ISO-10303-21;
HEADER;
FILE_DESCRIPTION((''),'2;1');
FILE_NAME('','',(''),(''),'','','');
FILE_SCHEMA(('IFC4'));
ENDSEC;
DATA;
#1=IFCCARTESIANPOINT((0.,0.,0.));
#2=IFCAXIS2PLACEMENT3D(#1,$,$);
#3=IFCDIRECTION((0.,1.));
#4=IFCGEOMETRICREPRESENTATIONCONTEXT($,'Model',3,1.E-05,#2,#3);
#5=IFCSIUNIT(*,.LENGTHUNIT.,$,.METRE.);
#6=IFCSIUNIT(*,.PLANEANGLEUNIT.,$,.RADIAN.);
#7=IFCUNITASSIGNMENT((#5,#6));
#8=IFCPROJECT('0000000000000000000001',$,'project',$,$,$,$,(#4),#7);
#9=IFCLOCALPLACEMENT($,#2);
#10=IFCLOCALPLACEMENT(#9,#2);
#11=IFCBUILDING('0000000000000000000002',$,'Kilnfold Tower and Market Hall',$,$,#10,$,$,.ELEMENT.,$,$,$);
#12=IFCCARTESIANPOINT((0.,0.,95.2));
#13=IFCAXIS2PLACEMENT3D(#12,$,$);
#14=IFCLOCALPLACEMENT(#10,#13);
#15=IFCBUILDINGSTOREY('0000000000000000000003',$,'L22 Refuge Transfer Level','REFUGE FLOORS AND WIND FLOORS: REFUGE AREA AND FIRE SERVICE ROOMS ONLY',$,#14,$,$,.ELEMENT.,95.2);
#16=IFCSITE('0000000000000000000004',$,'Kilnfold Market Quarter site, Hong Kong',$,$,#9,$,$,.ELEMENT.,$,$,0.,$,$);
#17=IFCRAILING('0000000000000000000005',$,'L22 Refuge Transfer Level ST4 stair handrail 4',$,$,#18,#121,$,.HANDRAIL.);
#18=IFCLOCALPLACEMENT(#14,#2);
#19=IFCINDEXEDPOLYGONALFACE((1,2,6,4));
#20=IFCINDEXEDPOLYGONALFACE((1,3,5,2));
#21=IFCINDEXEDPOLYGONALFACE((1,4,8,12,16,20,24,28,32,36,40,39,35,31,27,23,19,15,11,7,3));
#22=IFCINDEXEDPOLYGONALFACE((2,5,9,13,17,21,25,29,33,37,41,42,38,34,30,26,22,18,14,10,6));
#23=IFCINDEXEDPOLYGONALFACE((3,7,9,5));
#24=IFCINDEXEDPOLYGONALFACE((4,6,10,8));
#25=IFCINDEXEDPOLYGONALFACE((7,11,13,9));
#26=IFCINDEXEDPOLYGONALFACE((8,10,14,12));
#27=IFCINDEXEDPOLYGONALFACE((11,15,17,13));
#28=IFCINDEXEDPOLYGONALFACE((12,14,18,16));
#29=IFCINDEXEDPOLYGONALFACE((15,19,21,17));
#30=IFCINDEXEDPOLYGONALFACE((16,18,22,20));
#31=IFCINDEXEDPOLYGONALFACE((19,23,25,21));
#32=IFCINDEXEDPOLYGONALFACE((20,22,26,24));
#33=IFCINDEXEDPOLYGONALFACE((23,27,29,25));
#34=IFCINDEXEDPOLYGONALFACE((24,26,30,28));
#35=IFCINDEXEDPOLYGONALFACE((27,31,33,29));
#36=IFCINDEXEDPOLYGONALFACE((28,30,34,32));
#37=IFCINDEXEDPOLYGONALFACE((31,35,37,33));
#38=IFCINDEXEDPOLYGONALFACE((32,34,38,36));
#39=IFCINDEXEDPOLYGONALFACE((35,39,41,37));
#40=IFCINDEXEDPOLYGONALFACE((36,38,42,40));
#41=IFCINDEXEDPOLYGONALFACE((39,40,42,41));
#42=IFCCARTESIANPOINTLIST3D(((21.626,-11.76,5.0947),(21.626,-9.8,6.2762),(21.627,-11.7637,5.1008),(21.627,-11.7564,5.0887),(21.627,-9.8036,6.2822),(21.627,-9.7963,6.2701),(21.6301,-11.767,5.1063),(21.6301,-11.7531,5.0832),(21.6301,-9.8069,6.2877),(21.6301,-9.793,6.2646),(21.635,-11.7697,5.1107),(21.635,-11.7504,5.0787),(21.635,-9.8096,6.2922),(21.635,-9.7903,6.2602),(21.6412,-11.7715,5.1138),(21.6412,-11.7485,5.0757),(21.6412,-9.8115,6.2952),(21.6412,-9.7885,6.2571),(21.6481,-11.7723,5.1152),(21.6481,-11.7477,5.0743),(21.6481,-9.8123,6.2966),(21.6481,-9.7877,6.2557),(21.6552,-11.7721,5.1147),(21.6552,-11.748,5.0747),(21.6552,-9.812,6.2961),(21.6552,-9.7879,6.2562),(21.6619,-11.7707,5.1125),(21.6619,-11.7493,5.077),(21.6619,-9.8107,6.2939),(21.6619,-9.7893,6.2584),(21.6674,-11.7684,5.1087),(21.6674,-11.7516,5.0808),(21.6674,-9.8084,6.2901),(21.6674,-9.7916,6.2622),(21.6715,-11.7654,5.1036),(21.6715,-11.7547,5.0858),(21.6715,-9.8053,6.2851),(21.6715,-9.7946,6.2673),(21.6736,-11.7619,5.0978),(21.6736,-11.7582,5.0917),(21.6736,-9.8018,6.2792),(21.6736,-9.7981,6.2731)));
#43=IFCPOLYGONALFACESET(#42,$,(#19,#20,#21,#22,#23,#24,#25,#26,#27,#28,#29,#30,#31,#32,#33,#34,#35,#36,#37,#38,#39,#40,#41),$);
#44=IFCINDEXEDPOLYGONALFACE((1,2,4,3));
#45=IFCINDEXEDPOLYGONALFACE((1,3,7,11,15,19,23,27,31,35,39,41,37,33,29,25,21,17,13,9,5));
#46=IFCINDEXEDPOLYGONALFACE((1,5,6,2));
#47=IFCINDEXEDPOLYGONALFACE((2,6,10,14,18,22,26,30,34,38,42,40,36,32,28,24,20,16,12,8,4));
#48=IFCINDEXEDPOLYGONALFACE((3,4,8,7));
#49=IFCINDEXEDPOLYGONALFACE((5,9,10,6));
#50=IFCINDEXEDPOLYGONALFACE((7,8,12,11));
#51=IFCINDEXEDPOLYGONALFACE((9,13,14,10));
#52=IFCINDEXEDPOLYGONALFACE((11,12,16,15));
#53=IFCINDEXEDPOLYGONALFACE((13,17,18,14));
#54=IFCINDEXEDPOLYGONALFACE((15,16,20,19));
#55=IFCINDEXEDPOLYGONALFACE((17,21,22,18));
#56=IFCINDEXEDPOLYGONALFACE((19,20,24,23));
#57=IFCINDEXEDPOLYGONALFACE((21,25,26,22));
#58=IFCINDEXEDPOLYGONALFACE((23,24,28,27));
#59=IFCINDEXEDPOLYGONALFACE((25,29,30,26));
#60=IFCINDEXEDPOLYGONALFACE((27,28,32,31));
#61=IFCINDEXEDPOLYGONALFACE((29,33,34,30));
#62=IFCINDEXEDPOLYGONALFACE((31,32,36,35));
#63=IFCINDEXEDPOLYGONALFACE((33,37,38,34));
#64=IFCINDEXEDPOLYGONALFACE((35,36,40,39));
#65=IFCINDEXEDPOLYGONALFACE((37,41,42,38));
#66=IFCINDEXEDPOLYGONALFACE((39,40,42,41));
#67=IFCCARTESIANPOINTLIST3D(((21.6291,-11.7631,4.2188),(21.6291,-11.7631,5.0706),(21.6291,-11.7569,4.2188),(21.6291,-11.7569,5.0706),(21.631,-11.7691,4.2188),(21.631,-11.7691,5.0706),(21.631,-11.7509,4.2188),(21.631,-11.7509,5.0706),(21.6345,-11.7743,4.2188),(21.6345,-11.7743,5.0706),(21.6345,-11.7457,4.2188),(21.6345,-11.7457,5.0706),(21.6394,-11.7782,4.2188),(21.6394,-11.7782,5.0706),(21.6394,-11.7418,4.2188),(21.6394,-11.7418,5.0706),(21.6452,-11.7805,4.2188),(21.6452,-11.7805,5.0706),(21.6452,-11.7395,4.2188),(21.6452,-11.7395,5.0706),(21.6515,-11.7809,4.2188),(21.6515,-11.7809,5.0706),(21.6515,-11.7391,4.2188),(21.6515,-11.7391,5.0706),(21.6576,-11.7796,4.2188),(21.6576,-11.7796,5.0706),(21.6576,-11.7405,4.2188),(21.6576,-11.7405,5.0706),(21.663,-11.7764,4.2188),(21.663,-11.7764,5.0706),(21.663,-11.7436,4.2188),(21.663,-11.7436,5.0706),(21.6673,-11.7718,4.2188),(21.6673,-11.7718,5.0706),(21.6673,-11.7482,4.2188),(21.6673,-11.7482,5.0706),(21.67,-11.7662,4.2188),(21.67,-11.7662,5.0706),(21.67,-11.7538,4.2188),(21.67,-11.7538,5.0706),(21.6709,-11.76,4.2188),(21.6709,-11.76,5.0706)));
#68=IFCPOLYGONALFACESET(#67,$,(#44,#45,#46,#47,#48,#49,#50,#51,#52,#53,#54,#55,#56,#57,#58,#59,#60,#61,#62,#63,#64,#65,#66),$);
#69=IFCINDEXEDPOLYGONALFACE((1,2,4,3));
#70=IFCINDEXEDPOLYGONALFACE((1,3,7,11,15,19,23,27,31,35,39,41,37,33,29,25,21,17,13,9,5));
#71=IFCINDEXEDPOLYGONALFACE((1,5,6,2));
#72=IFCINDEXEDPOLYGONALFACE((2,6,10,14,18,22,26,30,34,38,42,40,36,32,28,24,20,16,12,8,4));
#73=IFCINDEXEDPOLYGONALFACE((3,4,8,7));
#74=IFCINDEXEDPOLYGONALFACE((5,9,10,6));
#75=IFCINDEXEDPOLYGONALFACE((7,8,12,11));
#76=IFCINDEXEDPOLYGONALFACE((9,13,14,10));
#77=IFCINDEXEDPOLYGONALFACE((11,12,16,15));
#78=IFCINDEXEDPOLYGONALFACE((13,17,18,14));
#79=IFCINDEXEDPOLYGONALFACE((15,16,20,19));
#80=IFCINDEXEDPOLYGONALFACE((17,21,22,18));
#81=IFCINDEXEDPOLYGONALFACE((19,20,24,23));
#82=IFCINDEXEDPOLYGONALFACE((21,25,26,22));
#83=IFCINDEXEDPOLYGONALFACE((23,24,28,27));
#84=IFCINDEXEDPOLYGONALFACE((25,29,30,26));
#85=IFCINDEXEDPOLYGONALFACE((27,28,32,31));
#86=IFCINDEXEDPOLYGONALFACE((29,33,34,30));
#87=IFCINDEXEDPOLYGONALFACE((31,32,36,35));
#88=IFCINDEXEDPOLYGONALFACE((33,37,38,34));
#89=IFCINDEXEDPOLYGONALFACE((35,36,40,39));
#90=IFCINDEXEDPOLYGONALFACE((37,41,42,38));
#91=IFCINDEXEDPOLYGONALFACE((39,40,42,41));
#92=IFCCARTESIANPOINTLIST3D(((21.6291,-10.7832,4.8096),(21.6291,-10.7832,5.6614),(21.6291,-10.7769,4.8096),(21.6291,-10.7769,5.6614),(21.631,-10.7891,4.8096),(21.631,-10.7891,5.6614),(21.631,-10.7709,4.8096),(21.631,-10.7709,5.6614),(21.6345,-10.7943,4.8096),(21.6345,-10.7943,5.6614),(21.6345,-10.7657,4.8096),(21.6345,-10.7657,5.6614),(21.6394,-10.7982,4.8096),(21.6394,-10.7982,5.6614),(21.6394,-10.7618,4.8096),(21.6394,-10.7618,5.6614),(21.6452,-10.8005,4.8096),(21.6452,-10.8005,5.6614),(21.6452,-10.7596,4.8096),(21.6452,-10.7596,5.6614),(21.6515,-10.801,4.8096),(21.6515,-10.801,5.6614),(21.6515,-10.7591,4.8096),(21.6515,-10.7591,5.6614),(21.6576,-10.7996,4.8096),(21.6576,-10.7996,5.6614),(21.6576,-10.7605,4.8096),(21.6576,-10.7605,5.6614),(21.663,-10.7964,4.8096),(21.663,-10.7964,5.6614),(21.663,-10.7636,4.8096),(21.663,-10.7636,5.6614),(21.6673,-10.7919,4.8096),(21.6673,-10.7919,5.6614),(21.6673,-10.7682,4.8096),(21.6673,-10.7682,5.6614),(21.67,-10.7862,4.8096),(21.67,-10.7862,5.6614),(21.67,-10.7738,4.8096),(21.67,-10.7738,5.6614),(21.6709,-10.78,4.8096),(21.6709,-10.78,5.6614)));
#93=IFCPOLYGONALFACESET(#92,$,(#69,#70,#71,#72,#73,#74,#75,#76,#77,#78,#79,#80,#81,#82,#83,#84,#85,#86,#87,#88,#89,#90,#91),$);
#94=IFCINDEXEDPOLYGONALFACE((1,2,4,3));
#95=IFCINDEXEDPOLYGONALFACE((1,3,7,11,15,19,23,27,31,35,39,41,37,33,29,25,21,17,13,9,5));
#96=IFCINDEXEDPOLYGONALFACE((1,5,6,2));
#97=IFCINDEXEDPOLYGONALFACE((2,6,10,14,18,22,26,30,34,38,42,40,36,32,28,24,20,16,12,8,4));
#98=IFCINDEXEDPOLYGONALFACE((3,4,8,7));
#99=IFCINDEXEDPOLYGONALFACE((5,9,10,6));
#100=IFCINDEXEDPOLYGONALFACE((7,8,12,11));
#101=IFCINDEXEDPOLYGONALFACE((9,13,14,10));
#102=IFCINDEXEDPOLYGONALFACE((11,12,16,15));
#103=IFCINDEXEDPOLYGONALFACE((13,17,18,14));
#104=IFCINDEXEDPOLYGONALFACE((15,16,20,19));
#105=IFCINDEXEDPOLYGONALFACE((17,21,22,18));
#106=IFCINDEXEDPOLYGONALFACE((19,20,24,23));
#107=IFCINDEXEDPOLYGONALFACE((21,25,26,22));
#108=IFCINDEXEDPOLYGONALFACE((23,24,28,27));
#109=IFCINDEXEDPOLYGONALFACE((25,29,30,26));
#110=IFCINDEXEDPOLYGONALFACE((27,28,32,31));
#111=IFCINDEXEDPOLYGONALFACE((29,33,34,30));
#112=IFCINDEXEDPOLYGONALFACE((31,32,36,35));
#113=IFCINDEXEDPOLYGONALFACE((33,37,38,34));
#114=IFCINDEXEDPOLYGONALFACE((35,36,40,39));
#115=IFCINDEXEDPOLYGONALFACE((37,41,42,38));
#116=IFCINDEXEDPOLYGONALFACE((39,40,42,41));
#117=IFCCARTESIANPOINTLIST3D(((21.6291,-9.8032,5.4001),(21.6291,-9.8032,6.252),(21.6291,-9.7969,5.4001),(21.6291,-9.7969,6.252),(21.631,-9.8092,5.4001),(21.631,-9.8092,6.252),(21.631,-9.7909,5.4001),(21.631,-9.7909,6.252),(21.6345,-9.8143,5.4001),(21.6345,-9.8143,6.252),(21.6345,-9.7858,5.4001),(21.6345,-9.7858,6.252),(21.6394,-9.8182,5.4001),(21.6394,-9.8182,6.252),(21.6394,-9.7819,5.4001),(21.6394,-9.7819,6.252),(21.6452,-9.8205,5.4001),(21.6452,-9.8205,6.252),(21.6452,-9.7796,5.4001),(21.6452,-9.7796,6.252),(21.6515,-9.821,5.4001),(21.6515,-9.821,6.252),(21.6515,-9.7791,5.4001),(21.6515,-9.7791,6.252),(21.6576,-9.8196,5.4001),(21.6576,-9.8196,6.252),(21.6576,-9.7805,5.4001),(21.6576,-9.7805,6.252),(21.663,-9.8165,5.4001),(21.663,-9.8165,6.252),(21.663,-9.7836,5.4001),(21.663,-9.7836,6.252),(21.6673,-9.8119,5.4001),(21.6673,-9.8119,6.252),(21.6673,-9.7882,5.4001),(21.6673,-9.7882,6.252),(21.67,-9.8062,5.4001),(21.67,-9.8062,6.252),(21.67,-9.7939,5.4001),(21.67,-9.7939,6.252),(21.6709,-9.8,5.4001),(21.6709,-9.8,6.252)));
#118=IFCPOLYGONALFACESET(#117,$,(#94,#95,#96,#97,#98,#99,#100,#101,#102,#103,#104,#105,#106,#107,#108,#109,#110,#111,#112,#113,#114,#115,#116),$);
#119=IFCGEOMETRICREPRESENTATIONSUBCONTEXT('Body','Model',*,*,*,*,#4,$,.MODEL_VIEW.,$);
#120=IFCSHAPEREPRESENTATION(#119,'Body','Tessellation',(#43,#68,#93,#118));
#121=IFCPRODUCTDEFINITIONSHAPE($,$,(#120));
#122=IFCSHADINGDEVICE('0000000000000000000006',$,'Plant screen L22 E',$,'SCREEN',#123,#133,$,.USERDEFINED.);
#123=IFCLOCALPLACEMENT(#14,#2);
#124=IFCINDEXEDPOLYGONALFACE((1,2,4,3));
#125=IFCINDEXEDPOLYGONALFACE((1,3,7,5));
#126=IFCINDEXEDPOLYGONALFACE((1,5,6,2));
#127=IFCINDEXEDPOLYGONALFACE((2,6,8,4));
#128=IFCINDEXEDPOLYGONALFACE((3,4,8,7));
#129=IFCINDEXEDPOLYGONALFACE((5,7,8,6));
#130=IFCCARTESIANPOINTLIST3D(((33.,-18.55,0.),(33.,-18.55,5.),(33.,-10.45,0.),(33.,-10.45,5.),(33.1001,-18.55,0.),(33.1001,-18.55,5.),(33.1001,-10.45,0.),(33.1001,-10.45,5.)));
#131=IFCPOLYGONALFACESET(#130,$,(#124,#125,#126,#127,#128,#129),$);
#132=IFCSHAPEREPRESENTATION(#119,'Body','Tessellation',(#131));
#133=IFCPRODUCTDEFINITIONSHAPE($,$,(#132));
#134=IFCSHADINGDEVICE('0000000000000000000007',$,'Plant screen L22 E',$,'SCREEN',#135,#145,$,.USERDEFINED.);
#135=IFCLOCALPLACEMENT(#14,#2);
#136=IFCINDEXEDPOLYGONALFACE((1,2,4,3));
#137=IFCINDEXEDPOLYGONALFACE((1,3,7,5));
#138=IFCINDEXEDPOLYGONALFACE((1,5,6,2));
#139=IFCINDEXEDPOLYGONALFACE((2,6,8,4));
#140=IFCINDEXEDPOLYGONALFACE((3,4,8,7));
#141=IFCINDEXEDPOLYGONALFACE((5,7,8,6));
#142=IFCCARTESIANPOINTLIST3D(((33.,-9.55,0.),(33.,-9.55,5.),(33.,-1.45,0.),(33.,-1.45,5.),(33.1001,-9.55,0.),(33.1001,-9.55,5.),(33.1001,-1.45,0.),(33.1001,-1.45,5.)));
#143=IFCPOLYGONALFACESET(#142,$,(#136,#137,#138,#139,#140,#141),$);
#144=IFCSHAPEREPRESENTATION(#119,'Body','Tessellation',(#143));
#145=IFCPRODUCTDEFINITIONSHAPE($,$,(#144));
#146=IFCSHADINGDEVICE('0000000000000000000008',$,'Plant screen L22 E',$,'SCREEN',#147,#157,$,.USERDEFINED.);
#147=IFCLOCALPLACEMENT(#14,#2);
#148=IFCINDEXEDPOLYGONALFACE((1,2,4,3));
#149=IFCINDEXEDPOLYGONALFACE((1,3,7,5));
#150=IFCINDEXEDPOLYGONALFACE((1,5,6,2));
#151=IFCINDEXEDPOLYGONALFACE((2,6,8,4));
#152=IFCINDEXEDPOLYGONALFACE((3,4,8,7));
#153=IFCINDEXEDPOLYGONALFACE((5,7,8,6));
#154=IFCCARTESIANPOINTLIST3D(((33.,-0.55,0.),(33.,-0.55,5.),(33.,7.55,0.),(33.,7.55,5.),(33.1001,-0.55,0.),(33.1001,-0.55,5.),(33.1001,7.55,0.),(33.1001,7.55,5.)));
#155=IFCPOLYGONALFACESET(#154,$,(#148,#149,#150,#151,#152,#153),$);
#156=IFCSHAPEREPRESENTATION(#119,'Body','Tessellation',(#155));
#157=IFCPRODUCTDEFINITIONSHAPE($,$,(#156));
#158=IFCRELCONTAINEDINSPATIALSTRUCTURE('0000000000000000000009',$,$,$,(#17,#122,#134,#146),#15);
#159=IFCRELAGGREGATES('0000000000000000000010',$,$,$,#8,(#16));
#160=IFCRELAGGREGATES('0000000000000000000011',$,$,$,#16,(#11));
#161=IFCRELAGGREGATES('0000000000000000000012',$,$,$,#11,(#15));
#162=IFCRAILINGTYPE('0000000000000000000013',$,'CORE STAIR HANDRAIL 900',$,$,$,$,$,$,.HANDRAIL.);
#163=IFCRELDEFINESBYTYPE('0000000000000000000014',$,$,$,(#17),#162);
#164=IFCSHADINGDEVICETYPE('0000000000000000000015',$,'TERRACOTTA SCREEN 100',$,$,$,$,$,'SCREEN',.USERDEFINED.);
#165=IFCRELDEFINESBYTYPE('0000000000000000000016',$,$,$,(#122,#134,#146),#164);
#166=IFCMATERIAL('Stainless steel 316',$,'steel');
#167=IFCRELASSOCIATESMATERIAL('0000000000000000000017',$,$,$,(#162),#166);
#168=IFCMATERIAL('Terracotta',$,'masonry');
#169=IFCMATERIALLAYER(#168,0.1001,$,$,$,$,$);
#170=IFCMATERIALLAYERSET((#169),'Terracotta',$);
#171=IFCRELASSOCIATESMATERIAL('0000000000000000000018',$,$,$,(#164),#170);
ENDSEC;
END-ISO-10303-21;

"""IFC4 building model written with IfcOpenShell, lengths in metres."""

from ifc_helpers import new_model, si_unit, direction, frame, origin, origin_2d, place, context, subcontext, project, spatial, rectangle, circle, extrude, source, transform, mapped, material, layer, layer_set, type_object, element, save


model = new_model("IFC4")

# Units and contexts
model_context = context("Model", 3, precision=1e-05, world=origin(), true_north=direction((0.0, 1.0)))
body_context = subcontext(model_context, "Body", "Model", "MODEL_VIEW")
ifc_project = project(units=[si_unit("LENGTHUNIT", "METRE"), si_unit("PLANEANGLEUNIT", "RADIAN")], contexts=[model_context])

# Site, building, storey
site_placement = place(None, origin())
site = spatial("IfcSite", under=ifc_project, at=site_placement, Name="Kilnfold Market Quarter site, Hong Kong", CompositionType="ELEMENT", RefElevation=0.0)
building_placement = place(site_placement, origin())
building = spatial("IfcBuilding", under=site, at=building_placement, Name="Kilnfold Tower and Market Hall", CompositionType="ELEMENT")
storey_placement = place(building_placement, frame((0.0, 0.0, 95.2)))
storey = spatial("IfcBuildingStorey", under=building, at=storey_placement, Name="L22 Refuge Transfer Level", Description="REFUGE FLOORS AND WIND FLOORS: REFUGE AREA AND FIRE SERVICE ROOMS ONLY", CompositionType="ELEMENT", Elevation=95.2)

# Railing
ifc_material_1 = material(Name="Stainless steel 316", Category="steel")
railing_type = type_object("IfcRailingType", Name="CORE STAIR HANDRAIL 900", PredefinedType="HANDRAIL", material=ifc_material_1)
railing_1_placement = place(storey_placement, frame((21.6499, -11.76, 4.2188)))
element("IfcRailing", 1, at=railing_1_placement, inside=storey, type_object=railing_type, Name="L22 Refuge Transfer Level ST4 stair handrail 4", PredefinedType="HANDRAIL", context=body_context, shape_type="SweptSolid", body=[
    extrude(circle(Radius=0.0239, at=origin_2d()), frame((0.0, 0.0, 0.876), z_axis=(0.0, 0.856446, 0.516236), x_axis=(-1.0, 0.0, 0.0)), (0.0, 0.0, 1.0), 2.2886),
    extrude(circle(Radius=0.021, at=origin_2d()), origin(), (0.0, 0.0, 1.0), 0.8518),
    extrude(circle(Radius=0.021, at=origin_2d()), frame((0.0, 0.98, 0.5908)), (0.0, 0.0, 1.0), 0.8518),
    extrude(circle(Radius=0.021, at=origin_2d()), frame((0.0, 1.96, 1.1814)), (0.0, 0.0, 1.0), 0.8518),
])

# Shading devices
ifc_material_2 = material(Name="Terracotta", Category="masonry")
ifc_layer_1 = layer(ifc_material_2, 0.1001)
ifc_layer_set_1 = layer_set([ifc_layer_1], Name="Terracotta")
shading_device_type = type_object("IfcShadingDeviceType", Name="TERRACOTTA SCREEN 100", ElementType="SCREEN", PredefinedType="USERDEFINED", material=ifc_layer_set_1)
shared_shape_1 = source(origin(), body_context, "Body", "SweptSolid", [
    extrude(rectangle(XDim=8.1001, YDim=0.1001, at=origin_2d()), origin(), (0.0, 0.0, 1.0), 5.0),
])
for number, where, z_axis, x_axis, name in (
    (2, (33.05, -14.5, 0.0), (0.0, 0.0, 1.0), (0.0, 1.0, 0.0), "Plant screen L22 E"),
    (3, (33.05, -5.5, 0.0), (0.0, 0.0, 1.0), (0.0, 1.0, 0.0), "Plant screen L22 E"),
    (4, (33.05, 3.5, 0.0), (0.0, 0.0, 1.0), (0.0, 1.0, 0.0), "Plant screen L22 E"),
):
    element("IfcShadingDevice", number, at=place(storey_placement, frame(where, z_axis=z_axis, x_axis=x_axis)), inside=storey, type_object=shading_device_type, Name=name, ObjectType="SCREEN", PredefinedType="USERDEFINED", context=body_context, shape_type="MappedRepresentation", body=[
        mapped(shared_shape_1, transform((0.0, 0.0, 0.0))),
    ])

save(model, "model.ifc")
